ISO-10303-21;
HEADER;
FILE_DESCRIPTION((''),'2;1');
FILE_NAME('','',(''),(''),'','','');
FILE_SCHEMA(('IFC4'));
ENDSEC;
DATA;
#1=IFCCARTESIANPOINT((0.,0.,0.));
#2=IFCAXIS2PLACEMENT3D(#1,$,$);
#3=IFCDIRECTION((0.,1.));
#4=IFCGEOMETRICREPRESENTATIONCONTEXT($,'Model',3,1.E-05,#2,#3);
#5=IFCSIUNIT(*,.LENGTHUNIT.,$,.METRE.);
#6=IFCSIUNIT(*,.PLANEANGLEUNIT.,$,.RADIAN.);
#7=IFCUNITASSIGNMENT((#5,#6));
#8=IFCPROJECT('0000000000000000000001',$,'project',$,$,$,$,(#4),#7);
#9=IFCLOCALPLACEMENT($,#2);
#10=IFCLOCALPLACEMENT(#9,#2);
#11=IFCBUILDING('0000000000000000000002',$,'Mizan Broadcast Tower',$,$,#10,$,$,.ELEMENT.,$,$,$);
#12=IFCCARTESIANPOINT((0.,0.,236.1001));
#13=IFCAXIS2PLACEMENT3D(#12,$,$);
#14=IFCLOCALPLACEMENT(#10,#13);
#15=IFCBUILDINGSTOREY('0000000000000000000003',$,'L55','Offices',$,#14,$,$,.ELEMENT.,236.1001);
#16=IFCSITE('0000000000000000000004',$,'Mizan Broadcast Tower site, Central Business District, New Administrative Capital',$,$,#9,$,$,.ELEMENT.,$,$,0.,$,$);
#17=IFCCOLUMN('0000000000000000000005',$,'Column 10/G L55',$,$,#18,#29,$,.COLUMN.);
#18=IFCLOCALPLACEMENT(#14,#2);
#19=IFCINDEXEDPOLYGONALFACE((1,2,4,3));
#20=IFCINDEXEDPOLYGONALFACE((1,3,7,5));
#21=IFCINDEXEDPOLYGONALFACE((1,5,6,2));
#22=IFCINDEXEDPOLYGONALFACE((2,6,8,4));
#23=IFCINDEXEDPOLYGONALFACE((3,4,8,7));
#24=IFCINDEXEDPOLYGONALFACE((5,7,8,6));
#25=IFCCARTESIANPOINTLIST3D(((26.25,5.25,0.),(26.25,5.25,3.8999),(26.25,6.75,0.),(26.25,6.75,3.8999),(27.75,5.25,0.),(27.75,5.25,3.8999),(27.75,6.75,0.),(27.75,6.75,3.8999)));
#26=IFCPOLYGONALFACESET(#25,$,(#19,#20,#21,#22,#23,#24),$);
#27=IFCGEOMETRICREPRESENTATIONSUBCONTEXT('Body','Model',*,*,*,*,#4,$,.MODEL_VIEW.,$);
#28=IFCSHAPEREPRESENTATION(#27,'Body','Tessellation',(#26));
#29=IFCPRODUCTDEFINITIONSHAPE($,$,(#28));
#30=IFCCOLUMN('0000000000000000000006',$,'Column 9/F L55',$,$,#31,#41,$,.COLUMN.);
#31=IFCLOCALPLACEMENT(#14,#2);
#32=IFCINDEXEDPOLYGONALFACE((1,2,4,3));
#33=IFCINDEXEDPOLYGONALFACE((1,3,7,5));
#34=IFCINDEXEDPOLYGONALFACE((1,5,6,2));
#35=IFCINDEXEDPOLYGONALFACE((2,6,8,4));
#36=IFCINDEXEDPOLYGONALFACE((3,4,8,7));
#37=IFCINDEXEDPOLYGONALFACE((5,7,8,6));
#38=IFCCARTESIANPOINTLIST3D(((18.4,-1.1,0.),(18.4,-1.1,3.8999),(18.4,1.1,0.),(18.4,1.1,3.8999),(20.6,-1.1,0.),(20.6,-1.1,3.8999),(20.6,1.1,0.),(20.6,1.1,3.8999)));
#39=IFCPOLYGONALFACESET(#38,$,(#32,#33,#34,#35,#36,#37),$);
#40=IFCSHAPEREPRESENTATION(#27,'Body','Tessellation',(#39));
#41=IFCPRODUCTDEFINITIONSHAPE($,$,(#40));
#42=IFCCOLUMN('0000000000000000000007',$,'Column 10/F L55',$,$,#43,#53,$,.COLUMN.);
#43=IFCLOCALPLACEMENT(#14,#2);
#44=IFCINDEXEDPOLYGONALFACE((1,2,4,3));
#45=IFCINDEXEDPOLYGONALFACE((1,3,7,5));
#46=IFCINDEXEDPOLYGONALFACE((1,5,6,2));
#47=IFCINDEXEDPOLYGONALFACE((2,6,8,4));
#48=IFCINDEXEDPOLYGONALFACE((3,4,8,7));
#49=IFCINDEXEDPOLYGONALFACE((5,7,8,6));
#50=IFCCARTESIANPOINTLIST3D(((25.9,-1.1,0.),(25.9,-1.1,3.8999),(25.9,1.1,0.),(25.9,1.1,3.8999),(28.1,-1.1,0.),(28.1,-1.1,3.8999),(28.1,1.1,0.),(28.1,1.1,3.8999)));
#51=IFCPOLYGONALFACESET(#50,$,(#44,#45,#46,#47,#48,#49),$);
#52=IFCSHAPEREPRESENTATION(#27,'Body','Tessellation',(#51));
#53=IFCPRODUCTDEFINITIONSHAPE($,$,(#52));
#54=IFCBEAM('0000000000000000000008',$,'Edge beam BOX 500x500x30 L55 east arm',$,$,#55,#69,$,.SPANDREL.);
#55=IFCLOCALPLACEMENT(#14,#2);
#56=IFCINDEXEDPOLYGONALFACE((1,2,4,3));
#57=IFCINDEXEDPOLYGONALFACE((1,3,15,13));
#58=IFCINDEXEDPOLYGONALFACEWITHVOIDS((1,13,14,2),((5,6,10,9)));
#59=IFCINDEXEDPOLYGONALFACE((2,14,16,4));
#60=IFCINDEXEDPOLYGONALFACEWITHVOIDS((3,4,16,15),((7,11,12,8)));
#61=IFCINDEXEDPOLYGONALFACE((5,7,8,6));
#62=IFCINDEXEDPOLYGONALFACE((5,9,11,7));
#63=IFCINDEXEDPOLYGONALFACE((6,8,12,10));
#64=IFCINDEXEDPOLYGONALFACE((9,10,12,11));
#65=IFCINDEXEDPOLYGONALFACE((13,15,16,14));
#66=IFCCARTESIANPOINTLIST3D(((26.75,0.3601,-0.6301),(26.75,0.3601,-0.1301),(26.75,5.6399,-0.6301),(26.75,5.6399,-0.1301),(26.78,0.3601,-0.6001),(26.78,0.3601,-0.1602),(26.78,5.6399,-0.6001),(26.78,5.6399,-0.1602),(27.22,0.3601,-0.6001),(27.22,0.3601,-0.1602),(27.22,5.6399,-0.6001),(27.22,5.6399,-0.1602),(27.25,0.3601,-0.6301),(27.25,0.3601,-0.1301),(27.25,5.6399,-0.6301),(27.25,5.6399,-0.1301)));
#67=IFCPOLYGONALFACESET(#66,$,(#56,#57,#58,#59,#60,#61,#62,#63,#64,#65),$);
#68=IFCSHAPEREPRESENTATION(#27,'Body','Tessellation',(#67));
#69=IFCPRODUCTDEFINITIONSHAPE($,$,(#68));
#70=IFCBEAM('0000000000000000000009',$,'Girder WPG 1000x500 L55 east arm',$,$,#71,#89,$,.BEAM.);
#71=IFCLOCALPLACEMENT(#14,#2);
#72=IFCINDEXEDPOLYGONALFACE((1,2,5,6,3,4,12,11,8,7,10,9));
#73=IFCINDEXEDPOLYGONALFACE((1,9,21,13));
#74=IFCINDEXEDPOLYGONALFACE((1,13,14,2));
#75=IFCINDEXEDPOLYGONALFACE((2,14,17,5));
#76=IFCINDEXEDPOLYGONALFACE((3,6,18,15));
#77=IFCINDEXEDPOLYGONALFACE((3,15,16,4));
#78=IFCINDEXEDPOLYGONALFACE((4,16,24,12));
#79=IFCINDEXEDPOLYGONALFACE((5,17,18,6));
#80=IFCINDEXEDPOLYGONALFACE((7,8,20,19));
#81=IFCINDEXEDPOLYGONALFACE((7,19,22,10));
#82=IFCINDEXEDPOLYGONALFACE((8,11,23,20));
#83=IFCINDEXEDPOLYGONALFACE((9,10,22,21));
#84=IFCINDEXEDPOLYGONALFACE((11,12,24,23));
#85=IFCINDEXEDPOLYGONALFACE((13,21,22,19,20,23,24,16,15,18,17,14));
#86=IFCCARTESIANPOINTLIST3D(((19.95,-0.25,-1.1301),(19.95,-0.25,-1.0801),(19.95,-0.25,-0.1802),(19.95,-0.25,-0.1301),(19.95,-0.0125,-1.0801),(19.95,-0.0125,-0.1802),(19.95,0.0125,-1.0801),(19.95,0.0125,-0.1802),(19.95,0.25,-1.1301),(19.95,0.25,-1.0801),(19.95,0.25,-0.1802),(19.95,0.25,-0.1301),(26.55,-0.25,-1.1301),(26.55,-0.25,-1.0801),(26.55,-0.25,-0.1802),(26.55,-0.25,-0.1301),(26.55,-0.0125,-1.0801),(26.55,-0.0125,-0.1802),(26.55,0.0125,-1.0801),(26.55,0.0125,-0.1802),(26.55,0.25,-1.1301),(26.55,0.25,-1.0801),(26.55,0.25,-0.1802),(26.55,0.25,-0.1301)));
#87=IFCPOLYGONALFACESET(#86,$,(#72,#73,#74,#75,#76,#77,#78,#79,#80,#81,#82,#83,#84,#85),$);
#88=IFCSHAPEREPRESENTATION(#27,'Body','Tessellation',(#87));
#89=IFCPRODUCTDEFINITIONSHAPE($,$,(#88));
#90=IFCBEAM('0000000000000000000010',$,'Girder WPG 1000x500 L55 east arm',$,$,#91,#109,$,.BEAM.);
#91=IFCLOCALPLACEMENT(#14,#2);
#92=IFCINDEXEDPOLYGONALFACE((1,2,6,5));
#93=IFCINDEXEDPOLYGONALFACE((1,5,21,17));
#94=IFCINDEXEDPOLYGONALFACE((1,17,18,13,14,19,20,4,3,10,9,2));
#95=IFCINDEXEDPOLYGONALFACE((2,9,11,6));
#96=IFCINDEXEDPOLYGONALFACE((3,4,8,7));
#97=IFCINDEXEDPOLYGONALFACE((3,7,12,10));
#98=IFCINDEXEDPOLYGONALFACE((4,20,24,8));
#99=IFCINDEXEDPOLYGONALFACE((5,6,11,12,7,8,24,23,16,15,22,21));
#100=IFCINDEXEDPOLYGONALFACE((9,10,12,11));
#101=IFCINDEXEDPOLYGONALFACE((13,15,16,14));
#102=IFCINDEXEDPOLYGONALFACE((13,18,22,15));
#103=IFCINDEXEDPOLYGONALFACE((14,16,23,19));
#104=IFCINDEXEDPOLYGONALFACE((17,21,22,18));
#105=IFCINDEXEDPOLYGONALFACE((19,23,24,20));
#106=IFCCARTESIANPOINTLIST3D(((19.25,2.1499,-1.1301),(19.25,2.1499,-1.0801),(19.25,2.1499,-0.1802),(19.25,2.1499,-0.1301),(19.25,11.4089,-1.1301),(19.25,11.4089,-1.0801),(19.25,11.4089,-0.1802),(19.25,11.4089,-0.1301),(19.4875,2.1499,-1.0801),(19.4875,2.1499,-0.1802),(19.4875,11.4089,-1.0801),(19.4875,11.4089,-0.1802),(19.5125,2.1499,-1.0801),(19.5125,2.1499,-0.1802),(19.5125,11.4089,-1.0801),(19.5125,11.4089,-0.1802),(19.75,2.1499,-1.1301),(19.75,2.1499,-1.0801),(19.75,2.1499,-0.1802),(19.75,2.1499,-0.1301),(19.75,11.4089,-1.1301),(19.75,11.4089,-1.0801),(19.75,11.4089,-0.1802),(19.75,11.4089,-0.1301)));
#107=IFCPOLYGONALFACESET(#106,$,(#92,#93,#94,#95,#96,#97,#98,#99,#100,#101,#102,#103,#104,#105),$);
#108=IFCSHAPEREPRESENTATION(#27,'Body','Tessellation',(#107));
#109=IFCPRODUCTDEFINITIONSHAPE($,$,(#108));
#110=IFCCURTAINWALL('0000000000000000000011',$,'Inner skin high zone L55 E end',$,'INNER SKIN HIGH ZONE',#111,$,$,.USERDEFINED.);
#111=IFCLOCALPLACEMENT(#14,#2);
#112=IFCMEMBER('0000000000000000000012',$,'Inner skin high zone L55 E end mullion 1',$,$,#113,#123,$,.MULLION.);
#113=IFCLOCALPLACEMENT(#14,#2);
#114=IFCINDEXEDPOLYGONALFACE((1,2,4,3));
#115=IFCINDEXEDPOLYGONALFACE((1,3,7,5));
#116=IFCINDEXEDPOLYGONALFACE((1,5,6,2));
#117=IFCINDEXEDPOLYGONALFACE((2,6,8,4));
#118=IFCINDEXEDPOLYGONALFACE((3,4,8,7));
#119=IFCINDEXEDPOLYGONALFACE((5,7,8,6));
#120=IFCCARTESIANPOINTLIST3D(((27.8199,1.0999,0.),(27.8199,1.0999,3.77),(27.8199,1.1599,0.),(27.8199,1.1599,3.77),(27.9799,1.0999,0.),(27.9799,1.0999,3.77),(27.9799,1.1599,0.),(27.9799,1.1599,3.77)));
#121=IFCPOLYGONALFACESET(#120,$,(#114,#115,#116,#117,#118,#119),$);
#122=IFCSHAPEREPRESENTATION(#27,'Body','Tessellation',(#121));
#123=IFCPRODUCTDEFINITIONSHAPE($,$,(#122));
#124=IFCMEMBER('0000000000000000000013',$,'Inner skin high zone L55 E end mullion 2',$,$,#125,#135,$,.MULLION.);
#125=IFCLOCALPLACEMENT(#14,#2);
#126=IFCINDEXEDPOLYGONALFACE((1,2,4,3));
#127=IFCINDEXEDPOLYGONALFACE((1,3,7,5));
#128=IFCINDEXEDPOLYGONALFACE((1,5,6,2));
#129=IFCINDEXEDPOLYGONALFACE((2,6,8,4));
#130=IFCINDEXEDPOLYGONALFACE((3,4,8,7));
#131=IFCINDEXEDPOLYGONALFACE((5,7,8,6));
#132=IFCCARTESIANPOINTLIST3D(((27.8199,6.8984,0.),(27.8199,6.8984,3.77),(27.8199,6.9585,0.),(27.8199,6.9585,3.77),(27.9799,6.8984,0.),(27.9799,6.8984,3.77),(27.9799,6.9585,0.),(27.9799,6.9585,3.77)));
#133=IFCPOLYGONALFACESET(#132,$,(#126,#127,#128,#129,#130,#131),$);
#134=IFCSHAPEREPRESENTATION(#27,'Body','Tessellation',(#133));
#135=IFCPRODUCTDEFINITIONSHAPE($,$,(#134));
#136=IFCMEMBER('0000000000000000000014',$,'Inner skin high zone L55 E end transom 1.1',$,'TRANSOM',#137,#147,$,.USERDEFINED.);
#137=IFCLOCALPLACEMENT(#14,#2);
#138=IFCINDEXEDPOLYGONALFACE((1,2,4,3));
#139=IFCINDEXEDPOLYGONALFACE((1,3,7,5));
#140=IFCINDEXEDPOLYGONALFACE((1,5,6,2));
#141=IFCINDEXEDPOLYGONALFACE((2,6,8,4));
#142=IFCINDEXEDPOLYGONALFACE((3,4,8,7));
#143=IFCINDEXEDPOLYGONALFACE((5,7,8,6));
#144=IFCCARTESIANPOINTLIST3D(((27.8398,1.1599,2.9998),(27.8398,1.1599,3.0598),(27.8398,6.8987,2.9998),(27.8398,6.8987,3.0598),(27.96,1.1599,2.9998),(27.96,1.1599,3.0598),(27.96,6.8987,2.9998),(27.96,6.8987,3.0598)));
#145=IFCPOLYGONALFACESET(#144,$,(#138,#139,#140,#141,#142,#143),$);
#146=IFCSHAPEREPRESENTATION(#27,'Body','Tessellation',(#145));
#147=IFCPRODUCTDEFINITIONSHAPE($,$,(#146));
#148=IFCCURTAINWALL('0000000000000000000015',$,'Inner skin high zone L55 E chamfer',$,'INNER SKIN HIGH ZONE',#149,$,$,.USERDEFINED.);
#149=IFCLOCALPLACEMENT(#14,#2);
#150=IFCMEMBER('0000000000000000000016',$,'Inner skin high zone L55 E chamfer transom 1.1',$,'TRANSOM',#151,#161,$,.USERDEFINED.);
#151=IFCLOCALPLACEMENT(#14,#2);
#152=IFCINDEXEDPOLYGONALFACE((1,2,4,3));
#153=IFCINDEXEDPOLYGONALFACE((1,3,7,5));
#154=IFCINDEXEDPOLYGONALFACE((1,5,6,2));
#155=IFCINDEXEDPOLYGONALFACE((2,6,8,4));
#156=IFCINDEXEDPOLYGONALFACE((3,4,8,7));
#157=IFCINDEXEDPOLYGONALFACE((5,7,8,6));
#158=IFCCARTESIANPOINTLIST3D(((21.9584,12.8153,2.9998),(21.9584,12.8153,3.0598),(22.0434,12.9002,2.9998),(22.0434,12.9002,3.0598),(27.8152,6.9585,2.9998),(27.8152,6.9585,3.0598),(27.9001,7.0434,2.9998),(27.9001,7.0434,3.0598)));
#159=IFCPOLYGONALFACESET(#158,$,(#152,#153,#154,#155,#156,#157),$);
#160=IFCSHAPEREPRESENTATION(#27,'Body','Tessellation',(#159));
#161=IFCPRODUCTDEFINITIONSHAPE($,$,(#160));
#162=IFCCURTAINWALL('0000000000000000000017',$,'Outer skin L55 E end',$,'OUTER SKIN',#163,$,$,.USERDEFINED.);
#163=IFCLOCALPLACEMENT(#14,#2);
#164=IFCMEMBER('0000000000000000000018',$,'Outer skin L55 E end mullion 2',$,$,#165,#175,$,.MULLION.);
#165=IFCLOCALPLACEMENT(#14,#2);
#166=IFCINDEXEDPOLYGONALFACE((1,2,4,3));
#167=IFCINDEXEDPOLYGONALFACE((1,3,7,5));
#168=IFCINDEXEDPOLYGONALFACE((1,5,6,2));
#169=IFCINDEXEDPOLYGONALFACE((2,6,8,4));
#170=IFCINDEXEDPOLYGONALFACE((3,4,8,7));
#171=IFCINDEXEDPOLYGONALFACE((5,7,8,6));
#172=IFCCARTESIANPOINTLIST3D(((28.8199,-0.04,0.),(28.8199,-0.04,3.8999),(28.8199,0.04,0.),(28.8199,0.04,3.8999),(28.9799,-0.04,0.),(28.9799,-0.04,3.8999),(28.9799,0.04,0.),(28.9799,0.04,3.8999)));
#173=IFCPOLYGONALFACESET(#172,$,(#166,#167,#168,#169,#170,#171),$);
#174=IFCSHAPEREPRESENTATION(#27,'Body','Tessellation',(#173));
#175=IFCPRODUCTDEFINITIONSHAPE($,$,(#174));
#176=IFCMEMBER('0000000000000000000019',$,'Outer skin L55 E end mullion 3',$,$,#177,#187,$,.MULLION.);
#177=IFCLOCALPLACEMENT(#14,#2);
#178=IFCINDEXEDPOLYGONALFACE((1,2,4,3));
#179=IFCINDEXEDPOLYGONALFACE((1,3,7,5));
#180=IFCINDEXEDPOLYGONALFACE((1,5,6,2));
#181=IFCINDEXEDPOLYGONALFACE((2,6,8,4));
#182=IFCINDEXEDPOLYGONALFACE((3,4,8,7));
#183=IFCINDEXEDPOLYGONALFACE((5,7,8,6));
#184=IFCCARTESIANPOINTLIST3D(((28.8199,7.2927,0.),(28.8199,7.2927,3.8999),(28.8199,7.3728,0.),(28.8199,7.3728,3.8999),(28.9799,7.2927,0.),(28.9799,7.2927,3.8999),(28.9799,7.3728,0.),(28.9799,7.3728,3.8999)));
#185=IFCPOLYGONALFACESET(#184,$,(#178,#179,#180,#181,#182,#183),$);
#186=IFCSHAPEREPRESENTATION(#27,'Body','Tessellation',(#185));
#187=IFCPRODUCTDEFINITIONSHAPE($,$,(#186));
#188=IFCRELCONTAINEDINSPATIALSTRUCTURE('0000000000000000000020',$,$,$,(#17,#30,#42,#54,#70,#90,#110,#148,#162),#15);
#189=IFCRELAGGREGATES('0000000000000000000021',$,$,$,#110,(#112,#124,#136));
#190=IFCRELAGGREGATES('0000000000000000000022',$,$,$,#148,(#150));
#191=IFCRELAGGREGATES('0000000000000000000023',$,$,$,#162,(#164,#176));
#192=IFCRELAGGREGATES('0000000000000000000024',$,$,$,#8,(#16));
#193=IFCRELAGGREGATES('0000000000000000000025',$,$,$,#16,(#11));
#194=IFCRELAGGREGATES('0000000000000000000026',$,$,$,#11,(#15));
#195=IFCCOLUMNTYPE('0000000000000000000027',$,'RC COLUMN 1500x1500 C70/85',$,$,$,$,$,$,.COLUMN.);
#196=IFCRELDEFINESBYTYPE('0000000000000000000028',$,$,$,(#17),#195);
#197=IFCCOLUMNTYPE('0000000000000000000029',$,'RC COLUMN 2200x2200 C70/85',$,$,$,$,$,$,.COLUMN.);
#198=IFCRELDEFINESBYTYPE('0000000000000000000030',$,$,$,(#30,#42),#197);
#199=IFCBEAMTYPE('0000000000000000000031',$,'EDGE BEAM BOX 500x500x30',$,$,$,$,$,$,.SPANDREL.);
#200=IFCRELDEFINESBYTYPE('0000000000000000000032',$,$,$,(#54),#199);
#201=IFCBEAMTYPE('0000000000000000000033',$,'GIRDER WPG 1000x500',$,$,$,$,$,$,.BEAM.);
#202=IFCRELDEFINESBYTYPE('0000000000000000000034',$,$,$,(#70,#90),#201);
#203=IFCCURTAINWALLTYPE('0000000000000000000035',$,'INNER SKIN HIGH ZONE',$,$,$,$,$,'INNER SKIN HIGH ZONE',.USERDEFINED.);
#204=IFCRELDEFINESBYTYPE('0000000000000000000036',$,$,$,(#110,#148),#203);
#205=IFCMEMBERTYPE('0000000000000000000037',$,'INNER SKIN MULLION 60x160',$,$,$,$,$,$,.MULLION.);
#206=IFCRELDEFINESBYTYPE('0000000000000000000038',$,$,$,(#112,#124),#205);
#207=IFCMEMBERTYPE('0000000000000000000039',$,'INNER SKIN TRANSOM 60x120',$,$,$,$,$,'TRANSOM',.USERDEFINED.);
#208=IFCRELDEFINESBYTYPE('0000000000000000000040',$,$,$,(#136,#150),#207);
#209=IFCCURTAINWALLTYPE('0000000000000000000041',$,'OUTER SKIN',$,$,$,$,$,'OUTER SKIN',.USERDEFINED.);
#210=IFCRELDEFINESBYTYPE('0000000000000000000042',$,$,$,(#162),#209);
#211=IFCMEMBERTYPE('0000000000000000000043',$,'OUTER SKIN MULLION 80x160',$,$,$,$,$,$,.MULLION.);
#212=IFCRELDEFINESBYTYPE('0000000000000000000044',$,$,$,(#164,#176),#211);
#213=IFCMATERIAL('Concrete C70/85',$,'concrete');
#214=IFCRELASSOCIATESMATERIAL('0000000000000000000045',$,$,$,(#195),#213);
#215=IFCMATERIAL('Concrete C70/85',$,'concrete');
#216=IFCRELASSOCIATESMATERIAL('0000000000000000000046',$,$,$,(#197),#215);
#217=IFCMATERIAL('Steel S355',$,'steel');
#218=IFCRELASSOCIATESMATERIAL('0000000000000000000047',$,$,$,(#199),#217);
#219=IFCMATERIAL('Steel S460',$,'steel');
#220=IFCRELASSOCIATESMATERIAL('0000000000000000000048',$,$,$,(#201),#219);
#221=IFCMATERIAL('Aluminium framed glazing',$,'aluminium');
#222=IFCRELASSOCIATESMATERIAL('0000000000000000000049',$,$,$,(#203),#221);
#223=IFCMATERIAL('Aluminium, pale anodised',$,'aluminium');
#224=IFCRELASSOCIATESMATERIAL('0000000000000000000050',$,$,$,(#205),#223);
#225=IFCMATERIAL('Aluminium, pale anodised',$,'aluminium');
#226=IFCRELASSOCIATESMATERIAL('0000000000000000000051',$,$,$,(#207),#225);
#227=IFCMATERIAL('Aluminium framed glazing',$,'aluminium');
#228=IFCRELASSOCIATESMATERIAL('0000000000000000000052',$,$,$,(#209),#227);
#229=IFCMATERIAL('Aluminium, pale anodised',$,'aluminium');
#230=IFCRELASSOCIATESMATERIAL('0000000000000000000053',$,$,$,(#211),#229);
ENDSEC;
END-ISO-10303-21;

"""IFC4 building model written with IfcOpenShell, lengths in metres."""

from ifc_helpers import new_model, si_unit, direction, frame, origin, origin_2d, place, context, subcontext, project, spatial, rectangle, hollow_rectangle, i_section, extrude, material, material_profile, profile_set, type_object, element, aggregate, save


model = new_model("IFC4")

# Units and contexts
model_context = context("Model", 3, precision=1e-05, world=origin(), true_north=direction((0.0, 1.0)))
body_context = subcontext(model_context, "Body", "Model", "MODEL_VIEW")
ifc_project = project(units=[si_unit("LENGTHUNIT", "METRE"), si_unit("PLANEANGLEUNIT", "RADIAN")], contexts=[model_context])

# Site, building, storey
site_placement = place(None, origin())
site = spatial("IfcSite", under=ifc_project, at=site_placement, Name="Mizan Broadcast Tower site, Central Business District, New Administrative Capital", CompositionType="ELEMENT", RefElevation=0.0)
building_placement = place(site_placement, origin())
building = spatial("IfcBuilding", under=site, at=building_placement, Name="Mizan Broadcast Tower", CompositionType="ELEMENT")
storey_placement = place(building_placement, frame((0.0, 0.0, 236.1001)))
storey = spatial("IfcBuildingStorey", under=building, at=storey_placement, Name="L55", Description="Offices", CompositionType="ELEMENT", Elevation=236.1001)

# Columns
ifc_material_1 = material(Name="Concrete C70/85", Category="concrete")
ifc_material_profile_1 = material_profile(ifc_material_1, rectangle(XDim=1.5, YDim=1.5, at=origin_2d()), Name="RC 1500x1500")
ifc_profile_set_1 = profile_set([ifc_material_profile_1], Name="Concrete C70/85")
column_type_1 = type_object("IfcColumnType", Name="RC COLUMN 1500x1500 C70/85", PredefinedType="COLUMN", material=ifc_profile_set_1)
column_placement = place(storey_placement, frame((27.0, 6.0, 0.0), z_axis=(0.0, 0.0, 1.0), x_axis=(1.0, 0.0, 0.0)))
element("IfcColumn", 1, at=column_placement, inside=storey, type_object=column_type_1, Name="Column 10/G L55", PredefinedType="COLUMN", context=body_context, shape_type="SweptSolid", body=[
    extrude(rectangle(XDim=1.5, YDim=1.5, at=origin_2d()), origin(), (0.0, 0.0, 1.0), 3.8999),
])
ifc_material_2 = material(Name="Concrete C70/85", Category="concrete")
ifc_material_profile_2 = material_profile(ifc_material_2, rectangle(XDim=2.2, YDim=2.2, at=origin_2d()), Name="RC 2200x2200")
ifc_profile_set_2 = profile_set([ifc_material_profile_2], Name="Concrete C70/85")
column_type_2 = type_object("IfcColumnType", Name="RC COLUMN 2200x2200 C70/85", PredefinedType="COLUMN", material=ifc_profile_set_2)
for number, where, z_axis, x_axis, name in (
    (2, (19.5, 0.0, 0.0), (0.0, 0.0, 1.0), (1.0, 0.0, 0.0), "Column 9/F L55"),
    (3, (27.0, 0.0, 0.0), (0.0, 0.0, 1.0), (1.0, 0.0, 0.0), "Column 10/F L55"),
):
    element("IfcColumn", number, at=place(storey_placement, frame(where, z_axis=z_axis, x_axis=x_axis)), inside=storey, type_object=column_type_2, Name=name, PredefinedType="COLUMN", context=body_context, shape_type="SweptSolid", body=[
        extrude(rectangle(XDim=2.2, YDim=2.2, at=origin_2d()), origin(), (0.0, 0.0, 1.0), 3.8999),
    ])

# Beams
ifc_material_3 = material(Name="Steel S355", Category="steel")
ifc_material_profile_3 = material_profile(ifc_material_3, hollow_rectangle(XDim=0.5, YDim=0.5, WallThickness=0.03, at=origin_2d()), Name="BOX 500x500x30")
ifc_profile_set_3 = profile_set([ifc_material_profile_3], Name="Steel S355")
beam_type_1 = type_object("IfcBeamType", Name="EDGE BEAM BOX 500x500x30", PredefinedType="SPANDREL", material=ifc_profile_set_3)
beam_1_placement = place(storey_placement, frame((27.0, 5.6399, -0.3801), z_axis=(0.0, -1.0, 0.0), x_axis=(1.0, 0.0, 0.0)))
element("IfcBeam", 4, at=beam_1_placement, inside=storey, type_object=beam_type_1, Name="Edge beam BOX 500x500x30 L55 east arm", PredefinedType="SPANDREL", context=body_context, shape_type="SweptSolid", body=[
    extrude(hollow_rectangle(XDim=0.5, YDim=0.5, WallThickness=0.03, at=origin_2d()), origin(), (0.0, 0.0, 1.0), 5.2798),
])
ifc_material_4 = material(Name="Steel S460", Category="steel")
ifc_material_profile_4 = material_profile(ifc_material_4, i_section(OverallWidth=0.5, OverallDepth=1.0, WebThickness=0.0249, FlangeThickness=0.05, at=origin_2d()), Name="WPG 1000x500")
ifc_profile_set_4 = profile_set([ifc_material_profile_4], Name="Steel S460")
beam_type_2 = type_object("IfcBeamType", Name="GIRDER WPG 1000x500", PredefinedType="BEAM", material=ifc_profile_set_4)
beam_2_placement = place(storey_placement, frame((19.95, 0.0, -0.6301), z_axis=(1.0, 0.0, 0.0), x_axis=(0.0, 1.0, 0.0)))
element("IfcBeam", 5, at=beam_2_placement, inside=storey, type_object=beam_type_2, Name="Girder WPG 1000x500 L55 east arm", PredefinedType="BEAM", context=body_context, shape_type="SweptSolid", body=[
    extrude(i_section(OverallWidth=0.5, OverallDepth=1.0, WebThickness=0.0249, FlangeThickness=0.05, at=origin_2d()), origin(), (0.0, 0.0, 1.0), 6.6001),
])
beam_3_placement = place(storey_placement, frame((19.5, 11.4089, -0.6301), z_axis=(0.0, -1.0, 0.0), x_axis=(1.0, 0.0, 0.0)))
element("IfcBeam", 6, at=beam_3_placement, inside=storey, type_object=beam_type_2, Name="Girder WPG 1000x500 L55 east arm", PredefinedType="BEAM", context=body_context, shape_type="SweptSolid", body=[
    extrude(i_section(OverallWidth=0.5, OverallDepth=1.0, WebThickness=0.0249, FlangeThickness=0.05, at=origin_2d()), origin(), (0.0, 0.0, 1.0), 9.259),
])

# Curtain wall, members
ifc_material_5 = material(Name="Aluminium framed glazing", Category="aluminium")
curtain_wall_type_1 = type_object("IfcCurtainWallType", Name="INNER SKIN HIGH ZONE", ElementType="INNER SKIN HIGH ZONE", PredefinedType="USERDEFINED", material=ifc_material_5)
curtain_wall_1_placement = place(storey_placement, origin())
curtain_wall_1 = element("IfcCurtainWall", 7, at=curtain_wall_1_placement, inside=storey, type_object=curtain_wall_type_1, Name="Inner skin high zone L55 E end", ObjectType="INNER SKIN HIGH ZONE", PredefinedType="USERDEFINED")
ifc_material_6 = material(Name="Aluminium, pale anodised", Category="aluminium")
ifc_material_profile_5 = material_profile(ifc_material_6, rectangle(XDim=0.1599, YDim=0.0601, at=origin_2d()), Name="MULLION 160x60")
ifc_profile_set_5 = profile_set([ifc_material_profile_5], Name="Aluminium, pale anodised")
member_type_1 = type_object("IfcMemberType", Name="INNER SKIN MULLION 60x160", PredefinedType="MULLION", material=ifc_profile_set_5)
member_1_placement = place(storey_placement, frame((27.8999, 1.1299, 0.0), z_axis=(0.0, 0.0, 1.0), x_axis=(-1.0, 0.0, 0.0)))
member_1 = element("IfcMember", 8, at=member_1_placement, type_object=member_type_1, Name="Inner skin high zone L55 E end mullion 1", PredefinedType="MULLION", context=body_context, shape_type="SweptSolid", body=[
    extrude(rectangle(XDim=0.1599, YDim=0.0601, at=origin_2d()), origin(), (0.0, 0.0, 1.0), 3.77),
])
member_2_placement = place(storey_placement, frame((27.8999, 6.9285, 0.0), z_axis=(0.0, 0.0, 1.0), x_axis=(-1.0, 0.0, 0.0)))
member_2 = element("IfcMember", 9, at=member_2_placement, type_object=member_type_1, Name="Inner skin high zone L55 E end mullion 2", PredefinedType="MULLION", context=body_context, shape_type="SweptSolid", body=[
    extrude(rectangle(XDim=0.1599, YDim=0.0601, at=origin_2d()), origin(), (0.0, 0.0, 1.0), 3.77),
])
ifc_material_7 = material(Name="Aluminium, pale anodised", Category="aluminium")
ifc_material_profile_6 = material_profile(ifc_material_7, rectangle(XDim=0.1201, YDim=0.0601, at=origin_2d()), Name="TRANSOM 120x60")
ifc_profile_set_6 = profile_set([ifc_material_profile_6], Name="Aluminium, pale anodised")
member_type_2 = type_object("IfcMemberType", Name="INNER SKIN TRANSOM 60x120", ElementType="TRANSOM", PredefinedType="USERDEFINED", material=ifc_profile_set_6)
member_3_placement = place(storey_placement, frame((27.8999, 1.1599, 3.0298), z_axis=(0.0, 1.0, 0.0), x_axis=(-1.0, 0.0, 0.0)))
member_3 = element("IfcMember", 10, at=member_3_placement, type_object=member_type_2, Name="Inner skin high zone L55 E end transom 1.1", ObjectType="TRANSOM", PredefinedType="USERDEFINED", context=body_context, shape_type="SweptSolid", body=[
    extrude(rectangle(XDim=0.1201, YDim=0.0601, at=origin_2d()), origin(), (0.0, 0.0, 1.0), 5.7388),
])

# Curtain wall, member
curtain_wall_2_placement = place(storey_placement, origin())
curtain_wall_2 = element("IfcCurtainWall", 11, at=curtain_wall_2_placement, inside=storey, type_object=curtain_wall_type_1, Name="Inner skin high zone L55 E chamfer", ObjectType="INNER SKIN HIGH ZONE", PredefinedType="USERDEFINED")
member_4_placement = place(storey_placement, frame((27.8577, 7.001, 3.0298), z_axis=(-0.707107, 0.707107, 0.0), x_axis=(-0.707107, -0.707107, 0.0)))
member_4 = element("IfcMember", 12, at=member_4_placement, type_object=member_type_2, Name="Inner skin high zone L55 E chamfer transom 1.1", ObjectType="TRANSOM", PredefinedType="USERDEFINED", context=body_context, shape_type="SweptSolid", body=[
    extrude(rectangle(XDim=0.1201, YDim=0.0601, at=origin_2d()), origin(), (0.0, 0.0, 1.0), 8.2827),
])

# Curtain wall, members
ifc_material_8 = material(Name="Aluminium framed glazing", Category="aluminium")
curtain_wall_type_2 = type_object("IfcCurtainWallType", Name="OUTER SKIN", ElementType="OUTER SKIN", PredefinedType="USERDEFINED", material=ifc_material_8)
curtain_wall_3_placement = place(storey_placement, origin())
curtain_wall_3 = element("IfcCurtainWall", 13, at=curtain_wall_3_placement, inside=storey, type_object=curtain_wall_type_2, Name="Outer skin L55 E end", ObjectType="OUTER SKIN", PredefinedType="USERDEFINED")
ifc_material_9 = material(Name="Aluminium, pale anodised", Category="aluminium")
ifc_material_profile_7 = material_profile(ifc_material_9, rectangle(XDim=0.1599, YDim=0.0801, at=origin_2d()), Name="MULLION 160x80")
ifc_profile_set_7 = profile_set([ifc_material_profile_7], Name="Aluminium, pale anodised")
member_type_3 = type_object("IfcMemberType", Name="OUTER SKIN MULLION 80x160", PredefinedType="MULLION", material=ifc_profile_set_7)
member_5_placement = place(storey_placement, frame((28.8999, 0.0, 0.0), z_axis=(0.0, 0.0, 1.0), x_axis=(-1.0, 0.0, 0.0)))
member_5 = element("IfcMember", 14, at=member_5_placement, type_object=member_type_3, Name="Outer skin L55 E end mullion 2", PredefinedType="MULLION", context=body_context, shape_type="SweptSolid", body=[
    extrude(rectangle(XDim=0.1599, YDim=0.0801, at=origin_2d()), origin(), (0.0, 0.0, 1.0), 3.8999),
])
member_6_placement = place(storey_placement, frame((28.8999, 7.3328, 0.0), z_axis=(0.0, 0.0, 1.0), x_axis=(-1.0, 0.0, 0.0)))
member_6 = element("IfcMember", 15, at=member_6_placement, type_object=member_type_3, Name="Outer skin L55 E end mullion 3", PredefinedType="MULLION", context=body_context, shape_type="SweptSolid", body=[
    extrude(rectangle(XDim=0.1599, YDim=0.0801, at=origin_2d()), origin(), (0.0, 0.0, 1.0), 3.8999),
])

aggregate(curtain_wall_1, [member_1, member_2, member_3])
aggregate(curtain_wall_2, [member_4])
aggregate(curtain_wall_3, [member_5, member_6])

save(model, "model.ifc")
